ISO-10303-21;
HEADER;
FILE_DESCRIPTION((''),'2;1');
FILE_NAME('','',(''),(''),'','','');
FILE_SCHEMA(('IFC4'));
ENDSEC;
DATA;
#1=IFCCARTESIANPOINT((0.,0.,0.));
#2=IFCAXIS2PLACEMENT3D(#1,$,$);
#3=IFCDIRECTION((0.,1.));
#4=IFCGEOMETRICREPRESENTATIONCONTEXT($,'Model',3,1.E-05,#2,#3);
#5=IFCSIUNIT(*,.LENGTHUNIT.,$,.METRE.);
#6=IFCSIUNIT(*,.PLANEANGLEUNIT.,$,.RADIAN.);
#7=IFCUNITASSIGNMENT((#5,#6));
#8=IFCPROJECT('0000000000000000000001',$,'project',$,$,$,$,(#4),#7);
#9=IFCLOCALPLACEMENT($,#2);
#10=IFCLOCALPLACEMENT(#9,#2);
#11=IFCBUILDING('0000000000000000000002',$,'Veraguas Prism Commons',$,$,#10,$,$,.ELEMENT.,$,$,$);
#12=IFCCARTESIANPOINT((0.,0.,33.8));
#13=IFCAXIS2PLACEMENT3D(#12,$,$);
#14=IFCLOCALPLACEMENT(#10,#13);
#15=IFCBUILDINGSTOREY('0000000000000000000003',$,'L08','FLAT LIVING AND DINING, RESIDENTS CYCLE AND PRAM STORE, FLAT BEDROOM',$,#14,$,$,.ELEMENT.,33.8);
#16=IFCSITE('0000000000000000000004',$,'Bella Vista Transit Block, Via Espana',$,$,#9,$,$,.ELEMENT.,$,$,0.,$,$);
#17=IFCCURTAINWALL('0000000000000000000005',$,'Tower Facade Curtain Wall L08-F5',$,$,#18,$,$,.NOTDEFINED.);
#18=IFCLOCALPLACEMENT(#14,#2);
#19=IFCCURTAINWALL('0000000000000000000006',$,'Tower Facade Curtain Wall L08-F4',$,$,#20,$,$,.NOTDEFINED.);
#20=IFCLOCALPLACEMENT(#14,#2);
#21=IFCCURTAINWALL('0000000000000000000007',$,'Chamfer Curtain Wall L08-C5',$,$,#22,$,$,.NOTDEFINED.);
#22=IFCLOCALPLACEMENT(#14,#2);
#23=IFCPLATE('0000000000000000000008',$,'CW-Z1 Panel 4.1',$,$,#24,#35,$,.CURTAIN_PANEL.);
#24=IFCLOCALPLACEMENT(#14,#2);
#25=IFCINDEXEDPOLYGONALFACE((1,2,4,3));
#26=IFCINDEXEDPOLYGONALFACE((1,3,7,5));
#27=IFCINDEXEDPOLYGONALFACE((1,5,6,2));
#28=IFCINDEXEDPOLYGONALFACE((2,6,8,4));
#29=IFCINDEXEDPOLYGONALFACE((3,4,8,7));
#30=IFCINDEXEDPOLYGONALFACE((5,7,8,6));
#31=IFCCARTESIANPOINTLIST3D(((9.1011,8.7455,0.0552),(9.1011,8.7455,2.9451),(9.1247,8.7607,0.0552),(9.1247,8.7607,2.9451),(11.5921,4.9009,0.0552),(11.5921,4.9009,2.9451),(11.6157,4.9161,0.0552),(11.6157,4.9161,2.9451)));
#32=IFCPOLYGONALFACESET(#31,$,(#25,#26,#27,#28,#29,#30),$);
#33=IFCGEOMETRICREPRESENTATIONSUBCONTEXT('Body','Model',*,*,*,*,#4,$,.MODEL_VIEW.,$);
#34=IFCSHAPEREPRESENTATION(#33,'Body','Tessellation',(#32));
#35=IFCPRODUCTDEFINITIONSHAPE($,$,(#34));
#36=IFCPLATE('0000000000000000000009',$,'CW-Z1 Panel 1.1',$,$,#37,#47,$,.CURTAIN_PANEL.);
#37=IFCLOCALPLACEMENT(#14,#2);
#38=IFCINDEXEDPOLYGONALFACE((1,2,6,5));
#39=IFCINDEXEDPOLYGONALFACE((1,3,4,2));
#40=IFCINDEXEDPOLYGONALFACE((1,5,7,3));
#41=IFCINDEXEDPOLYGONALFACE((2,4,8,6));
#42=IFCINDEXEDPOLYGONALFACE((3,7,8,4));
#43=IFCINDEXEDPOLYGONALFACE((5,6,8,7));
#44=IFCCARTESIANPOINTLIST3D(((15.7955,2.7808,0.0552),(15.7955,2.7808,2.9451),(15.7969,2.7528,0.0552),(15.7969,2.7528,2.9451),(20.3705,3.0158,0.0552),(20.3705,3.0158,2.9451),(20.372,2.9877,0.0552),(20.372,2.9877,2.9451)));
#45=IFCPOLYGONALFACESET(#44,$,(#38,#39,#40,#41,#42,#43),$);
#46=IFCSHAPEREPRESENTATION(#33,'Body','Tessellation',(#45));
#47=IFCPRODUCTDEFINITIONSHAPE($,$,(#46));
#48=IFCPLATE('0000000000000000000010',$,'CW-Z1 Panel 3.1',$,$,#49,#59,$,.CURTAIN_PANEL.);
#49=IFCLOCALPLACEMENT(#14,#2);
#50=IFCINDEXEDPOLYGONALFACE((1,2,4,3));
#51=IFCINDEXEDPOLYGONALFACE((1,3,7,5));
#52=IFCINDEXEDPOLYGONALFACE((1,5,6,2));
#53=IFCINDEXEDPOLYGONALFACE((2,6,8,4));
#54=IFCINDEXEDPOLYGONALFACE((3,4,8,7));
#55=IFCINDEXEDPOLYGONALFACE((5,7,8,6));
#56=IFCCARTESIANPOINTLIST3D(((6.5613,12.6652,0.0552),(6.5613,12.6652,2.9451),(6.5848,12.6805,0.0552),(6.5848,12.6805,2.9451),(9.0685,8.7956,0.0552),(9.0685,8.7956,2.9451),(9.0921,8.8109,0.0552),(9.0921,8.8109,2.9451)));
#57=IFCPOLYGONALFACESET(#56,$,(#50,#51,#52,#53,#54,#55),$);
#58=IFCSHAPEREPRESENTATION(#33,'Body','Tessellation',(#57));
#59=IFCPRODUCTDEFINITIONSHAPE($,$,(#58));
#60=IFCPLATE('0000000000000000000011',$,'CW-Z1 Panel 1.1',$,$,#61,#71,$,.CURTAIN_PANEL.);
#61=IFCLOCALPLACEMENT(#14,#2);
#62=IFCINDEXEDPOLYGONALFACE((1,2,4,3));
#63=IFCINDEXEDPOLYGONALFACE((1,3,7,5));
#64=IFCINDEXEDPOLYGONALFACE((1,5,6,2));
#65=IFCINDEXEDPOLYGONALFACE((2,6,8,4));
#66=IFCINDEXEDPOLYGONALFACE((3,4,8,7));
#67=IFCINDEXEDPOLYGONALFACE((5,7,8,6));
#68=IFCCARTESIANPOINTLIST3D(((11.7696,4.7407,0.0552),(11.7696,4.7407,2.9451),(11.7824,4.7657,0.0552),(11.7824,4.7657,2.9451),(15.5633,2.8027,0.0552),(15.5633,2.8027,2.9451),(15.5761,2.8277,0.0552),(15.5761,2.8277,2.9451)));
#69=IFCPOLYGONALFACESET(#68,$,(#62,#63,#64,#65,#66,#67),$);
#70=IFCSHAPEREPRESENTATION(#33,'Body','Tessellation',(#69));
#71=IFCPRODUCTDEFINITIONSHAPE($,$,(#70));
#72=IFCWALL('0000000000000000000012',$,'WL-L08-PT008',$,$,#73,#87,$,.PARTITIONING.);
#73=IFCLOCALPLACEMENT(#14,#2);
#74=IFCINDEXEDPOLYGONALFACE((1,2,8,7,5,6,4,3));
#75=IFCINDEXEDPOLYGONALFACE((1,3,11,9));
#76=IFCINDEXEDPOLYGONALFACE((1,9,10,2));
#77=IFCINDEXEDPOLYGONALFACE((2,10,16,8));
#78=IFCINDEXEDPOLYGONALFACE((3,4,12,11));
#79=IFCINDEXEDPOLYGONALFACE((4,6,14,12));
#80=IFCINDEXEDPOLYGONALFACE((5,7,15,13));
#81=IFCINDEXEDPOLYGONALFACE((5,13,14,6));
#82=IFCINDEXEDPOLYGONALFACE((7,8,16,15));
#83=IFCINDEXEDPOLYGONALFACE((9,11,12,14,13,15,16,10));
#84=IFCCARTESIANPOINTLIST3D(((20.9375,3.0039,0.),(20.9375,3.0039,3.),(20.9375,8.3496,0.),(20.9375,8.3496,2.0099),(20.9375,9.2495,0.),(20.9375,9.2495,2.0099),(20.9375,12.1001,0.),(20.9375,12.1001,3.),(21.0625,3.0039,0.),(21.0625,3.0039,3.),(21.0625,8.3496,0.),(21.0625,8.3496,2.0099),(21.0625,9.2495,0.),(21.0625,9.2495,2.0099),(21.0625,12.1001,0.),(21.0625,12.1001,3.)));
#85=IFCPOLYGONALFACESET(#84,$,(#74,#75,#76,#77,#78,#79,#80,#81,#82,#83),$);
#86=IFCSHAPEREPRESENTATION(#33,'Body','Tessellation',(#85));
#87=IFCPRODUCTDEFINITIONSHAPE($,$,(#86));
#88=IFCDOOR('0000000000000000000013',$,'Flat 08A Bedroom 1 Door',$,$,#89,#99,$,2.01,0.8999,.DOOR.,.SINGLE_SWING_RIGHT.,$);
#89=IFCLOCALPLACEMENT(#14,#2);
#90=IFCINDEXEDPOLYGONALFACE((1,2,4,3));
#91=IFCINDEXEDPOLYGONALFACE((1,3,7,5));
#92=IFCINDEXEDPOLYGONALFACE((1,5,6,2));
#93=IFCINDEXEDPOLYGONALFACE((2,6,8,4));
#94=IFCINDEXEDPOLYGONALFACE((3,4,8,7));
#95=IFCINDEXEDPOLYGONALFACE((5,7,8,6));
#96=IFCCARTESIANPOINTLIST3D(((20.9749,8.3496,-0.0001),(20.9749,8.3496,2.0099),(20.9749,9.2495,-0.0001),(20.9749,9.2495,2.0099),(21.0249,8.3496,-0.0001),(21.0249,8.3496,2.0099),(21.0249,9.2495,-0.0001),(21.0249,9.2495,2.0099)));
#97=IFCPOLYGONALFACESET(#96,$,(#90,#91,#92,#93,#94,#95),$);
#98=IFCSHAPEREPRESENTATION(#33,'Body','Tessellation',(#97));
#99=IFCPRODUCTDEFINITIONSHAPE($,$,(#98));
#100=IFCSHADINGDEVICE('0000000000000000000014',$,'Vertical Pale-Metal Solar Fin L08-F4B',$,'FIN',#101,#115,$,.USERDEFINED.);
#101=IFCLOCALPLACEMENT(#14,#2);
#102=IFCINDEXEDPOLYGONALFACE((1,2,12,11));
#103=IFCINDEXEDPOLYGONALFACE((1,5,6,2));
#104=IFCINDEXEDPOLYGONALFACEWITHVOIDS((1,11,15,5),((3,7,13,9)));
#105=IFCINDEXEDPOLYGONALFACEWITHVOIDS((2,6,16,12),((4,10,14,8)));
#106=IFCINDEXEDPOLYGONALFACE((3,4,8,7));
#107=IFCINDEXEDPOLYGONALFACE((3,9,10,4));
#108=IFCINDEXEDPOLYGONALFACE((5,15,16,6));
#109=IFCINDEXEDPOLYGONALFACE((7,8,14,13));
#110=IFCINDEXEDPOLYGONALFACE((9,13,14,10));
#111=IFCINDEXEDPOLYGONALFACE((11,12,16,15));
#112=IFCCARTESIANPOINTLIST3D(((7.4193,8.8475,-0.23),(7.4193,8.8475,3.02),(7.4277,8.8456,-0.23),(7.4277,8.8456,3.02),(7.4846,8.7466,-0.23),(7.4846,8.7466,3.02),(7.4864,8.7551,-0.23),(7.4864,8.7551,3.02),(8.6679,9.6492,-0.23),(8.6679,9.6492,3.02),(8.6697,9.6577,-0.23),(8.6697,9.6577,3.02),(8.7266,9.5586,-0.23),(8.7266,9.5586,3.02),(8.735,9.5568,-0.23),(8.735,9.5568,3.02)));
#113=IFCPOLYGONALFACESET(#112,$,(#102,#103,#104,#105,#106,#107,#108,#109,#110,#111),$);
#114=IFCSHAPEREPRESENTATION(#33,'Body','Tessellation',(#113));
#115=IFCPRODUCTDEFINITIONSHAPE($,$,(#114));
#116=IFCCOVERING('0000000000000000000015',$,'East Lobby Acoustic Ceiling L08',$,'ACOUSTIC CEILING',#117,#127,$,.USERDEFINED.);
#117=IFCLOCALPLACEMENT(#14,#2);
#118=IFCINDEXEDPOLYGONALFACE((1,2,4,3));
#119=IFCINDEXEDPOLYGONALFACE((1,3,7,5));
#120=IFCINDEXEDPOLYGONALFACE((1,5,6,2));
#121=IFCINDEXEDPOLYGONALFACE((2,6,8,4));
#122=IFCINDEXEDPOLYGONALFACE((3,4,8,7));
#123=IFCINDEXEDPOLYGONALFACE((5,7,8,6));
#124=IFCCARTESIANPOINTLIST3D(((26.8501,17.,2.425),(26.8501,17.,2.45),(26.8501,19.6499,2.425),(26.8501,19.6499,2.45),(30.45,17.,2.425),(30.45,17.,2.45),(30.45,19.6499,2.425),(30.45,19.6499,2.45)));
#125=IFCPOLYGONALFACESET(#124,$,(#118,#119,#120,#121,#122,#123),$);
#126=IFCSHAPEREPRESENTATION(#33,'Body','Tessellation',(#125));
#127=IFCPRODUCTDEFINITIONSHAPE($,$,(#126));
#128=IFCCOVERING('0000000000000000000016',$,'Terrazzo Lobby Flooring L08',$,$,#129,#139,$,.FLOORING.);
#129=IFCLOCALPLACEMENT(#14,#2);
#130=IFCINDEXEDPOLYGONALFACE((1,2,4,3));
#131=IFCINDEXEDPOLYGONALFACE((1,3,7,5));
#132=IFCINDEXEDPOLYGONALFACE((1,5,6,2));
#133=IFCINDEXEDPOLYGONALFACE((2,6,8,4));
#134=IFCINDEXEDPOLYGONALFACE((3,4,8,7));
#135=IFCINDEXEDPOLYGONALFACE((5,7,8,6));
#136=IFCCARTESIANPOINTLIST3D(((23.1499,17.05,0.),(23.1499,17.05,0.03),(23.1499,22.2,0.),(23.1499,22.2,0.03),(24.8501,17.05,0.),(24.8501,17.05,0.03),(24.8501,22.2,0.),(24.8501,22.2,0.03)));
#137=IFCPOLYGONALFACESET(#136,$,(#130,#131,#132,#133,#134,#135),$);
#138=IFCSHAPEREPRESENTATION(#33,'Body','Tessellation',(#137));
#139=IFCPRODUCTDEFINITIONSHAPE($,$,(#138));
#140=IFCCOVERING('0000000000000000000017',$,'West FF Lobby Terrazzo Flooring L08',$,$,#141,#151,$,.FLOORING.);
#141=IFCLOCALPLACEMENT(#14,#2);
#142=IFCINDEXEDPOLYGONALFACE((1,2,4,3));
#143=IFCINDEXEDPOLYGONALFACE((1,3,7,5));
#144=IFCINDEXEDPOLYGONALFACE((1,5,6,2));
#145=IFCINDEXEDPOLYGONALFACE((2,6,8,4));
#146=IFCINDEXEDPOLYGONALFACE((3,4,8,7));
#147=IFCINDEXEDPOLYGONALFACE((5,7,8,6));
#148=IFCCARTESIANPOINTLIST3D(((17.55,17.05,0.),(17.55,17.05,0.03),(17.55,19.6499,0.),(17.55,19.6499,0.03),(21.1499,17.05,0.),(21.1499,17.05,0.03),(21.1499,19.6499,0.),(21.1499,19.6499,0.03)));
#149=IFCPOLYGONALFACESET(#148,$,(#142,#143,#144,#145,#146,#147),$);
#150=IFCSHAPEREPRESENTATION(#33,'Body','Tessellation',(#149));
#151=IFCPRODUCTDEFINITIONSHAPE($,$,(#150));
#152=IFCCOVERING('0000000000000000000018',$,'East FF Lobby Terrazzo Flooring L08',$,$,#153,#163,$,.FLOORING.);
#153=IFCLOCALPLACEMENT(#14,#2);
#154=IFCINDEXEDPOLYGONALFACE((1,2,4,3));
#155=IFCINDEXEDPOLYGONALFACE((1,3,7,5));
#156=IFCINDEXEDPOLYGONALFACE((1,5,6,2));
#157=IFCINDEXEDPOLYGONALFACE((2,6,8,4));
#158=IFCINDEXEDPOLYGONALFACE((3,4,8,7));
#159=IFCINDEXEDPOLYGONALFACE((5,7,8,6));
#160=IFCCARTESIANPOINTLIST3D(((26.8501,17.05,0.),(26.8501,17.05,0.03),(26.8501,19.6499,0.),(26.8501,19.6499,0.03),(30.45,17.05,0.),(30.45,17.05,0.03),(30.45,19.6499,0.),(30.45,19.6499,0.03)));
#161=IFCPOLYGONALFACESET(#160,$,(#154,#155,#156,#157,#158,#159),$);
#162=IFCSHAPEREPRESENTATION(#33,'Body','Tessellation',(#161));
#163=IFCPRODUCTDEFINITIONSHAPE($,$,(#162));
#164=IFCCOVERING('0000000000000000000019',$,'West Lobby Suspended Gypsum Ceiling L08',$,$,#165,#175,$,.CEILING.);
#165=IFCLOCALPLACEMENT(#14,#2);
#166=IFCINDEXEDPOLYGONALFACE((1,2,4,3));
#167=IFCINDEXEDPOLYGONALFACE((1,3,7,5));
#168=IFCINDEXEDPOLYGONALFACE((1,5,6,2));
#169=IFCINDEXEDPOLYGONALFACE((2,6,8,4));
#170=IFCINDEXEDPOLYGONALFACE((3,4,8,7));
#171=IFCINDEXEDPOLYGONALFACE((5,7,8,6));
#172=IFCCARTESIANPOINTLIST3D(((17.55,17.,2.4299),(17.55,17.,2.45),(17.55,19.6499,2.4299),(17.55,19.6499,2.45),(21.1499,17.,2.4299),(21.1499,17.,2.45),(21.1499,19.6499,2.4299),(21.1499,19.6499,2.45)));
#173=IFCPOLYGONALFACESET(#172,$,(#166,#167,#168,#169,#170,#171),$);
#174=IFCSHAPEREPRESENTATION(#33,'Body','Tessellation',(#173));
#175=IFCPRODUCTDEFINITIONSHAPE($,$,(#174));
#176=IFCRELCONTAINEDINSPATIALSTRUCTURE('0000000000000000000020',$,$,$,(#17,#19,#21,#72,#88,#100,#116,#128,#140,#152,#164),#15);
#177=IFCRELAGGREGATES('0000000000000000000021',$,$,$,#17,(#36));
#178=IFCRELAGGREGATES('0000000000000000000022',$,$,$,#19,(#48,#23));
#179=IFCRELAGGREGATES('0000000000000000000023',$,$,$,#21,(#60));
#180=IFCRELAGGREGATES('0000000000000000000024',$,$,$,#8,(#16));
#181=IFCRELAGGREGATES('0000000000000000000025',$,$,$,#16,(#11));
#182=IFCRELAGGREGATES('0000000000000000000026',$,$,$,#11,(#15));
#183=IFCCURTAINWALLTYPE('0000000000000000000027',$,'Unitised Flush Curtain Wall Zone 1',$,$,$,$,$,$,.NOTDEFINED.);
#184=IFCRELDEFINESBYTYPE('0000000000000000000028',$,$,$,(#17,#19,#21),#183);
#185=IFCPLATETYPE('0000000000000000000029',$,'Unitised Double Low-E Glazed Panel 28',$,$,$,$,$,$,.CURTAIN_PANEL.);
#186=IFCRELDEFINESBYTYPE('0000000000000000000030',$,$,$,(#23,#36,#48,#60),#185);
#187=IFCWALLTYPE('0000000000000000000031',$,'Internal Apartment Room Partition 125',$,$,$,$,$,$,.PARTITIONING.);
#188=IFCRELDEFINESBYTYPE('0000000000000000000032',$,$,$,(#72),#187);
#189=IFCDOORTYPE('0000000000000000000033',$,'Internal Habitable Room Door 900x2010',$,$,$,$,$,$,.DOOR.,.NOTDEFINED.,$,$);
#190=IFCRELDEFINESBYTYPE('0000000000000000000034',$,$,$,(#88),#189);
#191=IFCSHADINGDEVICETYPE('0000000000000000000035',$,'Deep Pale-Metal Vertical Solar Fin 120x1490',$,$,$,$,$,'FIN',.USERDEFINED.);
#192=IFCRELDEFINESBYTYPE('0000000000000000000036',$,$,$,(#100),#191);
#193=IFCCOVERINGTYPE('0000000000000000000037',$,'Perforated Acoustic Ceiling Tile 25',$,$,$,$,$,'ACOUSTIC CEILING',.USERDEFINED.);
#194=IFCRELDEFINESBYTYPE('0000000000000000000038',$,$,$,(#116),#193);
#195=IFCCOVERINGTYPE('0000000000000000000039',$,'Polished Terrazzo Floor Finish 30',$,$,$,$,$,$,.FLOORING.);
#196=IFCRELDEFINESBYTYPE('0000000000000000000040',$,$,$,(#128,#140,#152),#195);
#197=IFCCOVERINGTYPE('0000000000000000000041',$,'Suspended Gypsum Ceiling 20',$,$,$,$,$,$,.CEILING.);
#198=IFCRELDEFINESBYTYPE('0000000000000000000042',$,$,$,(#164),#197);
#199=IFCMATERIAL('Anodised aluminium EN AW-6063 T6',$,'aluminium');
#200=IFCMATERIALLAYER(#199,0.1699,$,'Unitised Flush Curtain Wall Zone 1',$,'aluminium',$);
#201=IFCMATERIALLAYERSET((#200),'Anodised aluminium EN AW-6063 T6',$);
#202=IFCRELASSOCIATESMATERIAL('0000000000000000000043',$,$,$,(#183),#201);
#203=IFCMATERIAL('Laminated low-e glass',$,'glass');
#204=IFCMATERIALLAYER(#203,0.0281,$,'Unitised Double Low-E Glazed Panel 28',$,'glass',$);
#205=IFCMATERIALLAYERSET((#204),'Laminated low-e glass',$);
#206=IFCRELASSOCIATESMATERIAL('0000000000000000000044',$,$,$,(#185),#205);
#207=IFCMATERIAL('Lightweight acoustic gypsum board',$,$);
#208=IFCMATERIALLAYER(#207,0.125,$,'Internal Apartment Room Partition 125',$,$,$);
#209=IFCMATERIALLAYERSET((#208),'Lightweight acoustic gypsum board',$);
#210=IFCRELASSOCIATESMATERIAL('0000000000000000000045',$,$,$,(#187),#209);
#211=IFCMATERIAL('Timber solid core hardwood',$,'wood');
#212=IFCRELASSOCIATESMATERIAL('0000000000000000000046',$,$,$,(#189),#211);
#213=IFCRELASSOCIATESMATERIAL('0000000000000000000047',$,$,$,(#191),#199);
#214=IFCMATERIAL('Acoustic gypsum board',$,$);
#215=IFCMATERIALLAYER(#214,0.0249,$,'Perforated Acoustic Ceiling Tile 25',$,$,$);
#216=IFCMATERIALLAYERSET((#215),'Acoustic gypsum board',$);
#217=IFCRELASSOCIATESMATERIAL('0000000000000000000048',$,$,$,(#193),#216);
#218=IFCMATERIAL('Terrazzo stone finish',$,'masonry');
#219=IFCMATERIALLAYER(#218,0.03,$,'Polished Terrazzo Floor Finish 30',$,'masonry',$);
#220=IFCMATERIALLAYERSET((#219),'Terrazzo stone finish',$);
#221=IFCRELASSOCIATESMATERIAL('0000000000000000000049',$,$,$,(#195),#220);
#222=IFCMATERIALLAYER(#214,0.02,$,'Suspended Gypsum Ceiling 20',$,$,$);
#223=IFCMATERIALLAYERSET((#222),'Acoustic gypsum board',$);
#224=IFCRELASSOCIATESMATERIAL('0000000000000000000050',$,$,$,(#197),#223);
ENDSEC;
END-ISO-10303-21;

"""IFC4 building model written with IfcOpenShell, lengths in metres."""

from ifc_helpers import new_model, si_unit, direction, frame, frame_2d, origin, origin_2d, place, context, subcontext, project, spatial, polyline, rectangle, hollow_rectangle, outline, extrude, source, transform, mapped, material, layer, layer_set, material_profile, profile_set, type_object, element, fill, aggregate, save


model = new_model("IFC4")

# Units and contexts
model_context = context("Model", 3, precision=1e-05, world=origin(), true_north=direction((0.0, 1.0)))
body_context = subcontext(model_context, "Body", "Model", "MODEL_VIEW")
ifc_project = project(units=[si_unit("LENGTHUNIT", "METRE"), si_unit("PLANEANGLEUNIT", "RADIAN")], contexts=[model_context])

# Site, building, storey
site_placement = place(None, origin())
site = spatial("IfcSite", under=ifc_project, at=site_placement, Name="Bella Vista Transit Block, Via Espana", CompositionType="ELEMENT", RefElevation=0.0)
building_placement = place(site_placement, origin())
building = spatial("IfcBuilding", under=site, at=building_placement, Name="Veraguas Prism Commons", CompositionType="ELEMENT")
storey_placement = place(building_placement, frame((0.0, 0.0, 33.8)))
storey = spatial("IfcBuildingStorey", under=building, at=storey_placement, Name="L08", Description="FLAT LIVING AND DINING, RESIDENTS CYCLE AND PRAM STORE, FLAT BEDROOM", CompositionType="ELEMENT", Elevation=33.8)

# Curtain walls
ifc_material_1 = material(Name="Anodised aluminium EN AW-6063 T6", Category="aluminium")
ifc_layer_1 = layer(ifc_material_1, 0.1699, Name="Unitised Flush Curtain Wall Zone 1", Category="aluminium")
ifc_layer_set_1 = layer_set([ifc_layer_1], Name="Anodised aluminium EN AW-6063 T6")
curtain_wall_type = type_object("IfcCurtainWallType", Name="Unitised Flush Curtain Wall Zone 1", PredefinedType="NOTDEFINED", material=ifc_layer_set_1)
curtain_wall_1_placement = place(storey_placement, origin())
curtain_wall_1 = element("IfcCurtainWall", 1, at=curtain_wall_1_placement, inside=storey, type_object=curtain_wall_type, Name="Tower Facade Curtain Wall L08-F5", PredefinedType="NOTDEFINED")
curtain_wall_2_placement = place(storey_placement, origin())
curtain_wall_2 = element("IfcCurtainWall", 2, at=curtain_wall_2_placement, inside=storey, type_object=curtain_wall_type, Name="Tower Facade Curtain Wall L08-F4", PredefinedType="NOTDEFINED")

# Curtain wall
curtain_wall_3_placement = place(storey_placement, origin())
curtain_wall_3 = element("IfcCurtainWall", 3, at=curtain_wall_3_placement, inside=storey, type_object=curtain_wall_type, Name="Chamfer Curtain Wall L08-C5", PredefinedType="NOTDEFINED")

# Plates
ifc_material_2 = material(Name="Laminated low-e glass", Category="glass")
ifc_layer_2 = layer(ifc_material_2, 0.0281, Name="Unitised Double Low-E Glazed Panel 28", Category="glass")
ifc_layer_set_2 = layer_set([ifc_layer_2], Name="Laminated low-e glass")
plate_type = type_object("IfcPlateType", Name="Unitised Double Low-E Glazed Panel 28", PredefinedType="CURTAIN_PANEL", material=ifc_layer_set_2)
shared_shape_1 = source(origin(), body_context, "Body", "SweptSolid", [
    extrude(rectangle(XDim=4.5811, YDim=0.0281, at=origin_2d()), origin(), (0.0, 0.0, 1.0), 2.8899),
])
plate_1_placement = place(storey_placement, frame((10.3584, 6.8308, 0.0552), z_axis=(0.0, 0.0, 1.0), x_axis=(0.543766, -0.839237, 0.0)))
plate_1 = element("IfcPlate", 4, at=plate_1_placement, type_object=plate_type, Name="CW-Z1 Panel 4.1", PredefinedType="CURTAIN_PANEL", context=body_context, shape_type="MappedRepresentation", body=[
    mapped(shared_shape_1, transform((0.0, 0.0, 0.0), scale=1.0)),
])
plate_2_placement = place(storey_placement, frame((18.0837, 2.8843, 0.0552), z_axis=(0.0, 0.0, 1.0), x_axis=(0.998684, 0.05129, 0.0)))
plate_2 = element("IfcPlate", 5, at=plate_2_placement, type_object=plate_type, Name="CW-Z1 Panel 1.1", PredefinedType="CURTAIN_PANEL", context=body_context, shape_type="MappedRepresentation", body=[
    mapped(shared_shape_1, transform((0.0, 0.0, 0.0), scale=1.0)),
])
aggregate(curtain_wall_1, [plate_2])
shared_shape_2 = source(origin(), body_context, "Body", "SweptSolid", [
    extrude(rectangle(XDim=4.6108, YDim=0.0281, at=origin_2d()), origin(), (0.0, 0.0, 1.0), 2.8899),
])
plate_3_placement = place(storey_placement, frame((7.8267, 10.738, 0.0552), z_axis=(0.0, 0.0, 1.0), x_axis=(0.543766, -0.839237, 0.0)))
plate_3 = element("IfcPlate", 6, at=plate_3_placement, type_object=plate_type, Name="CW-Z1 Panel 3.1", PredefinedType="CURTAIN_PANEL", context=body_context, shape_type="MappedRepresentation", body=[
    mapped(shared_shape_2, transform((0.0, 0.0, 0.0), scale=1.0)),
])
aggregate(curtain_wall_2, [plate_3, plate_1])
shared_shape_3 = source(origin(), body_context, "Body", "SweptSolid", [
    extrude(rectangle(XDim=4.26, YDim=0.0281, at=origin_2d()), origin(), (0.0, 0.0, 1.0), 2.8899),
])
plate_4_placement = place(storey_placement, frame((13.6729, 3.7842, 0.0552), z_axis=(0.0, 0.0, 1.0), x_axis=(0.890531, -0.454923, 0.0)))
plate_4 = element("IfcPlate", 7, at=plate_4_placement, type_object=plate_type, Name="CW-Z1 Panel 1.1", PredefinedType="CURTAIN_PANEL", context=body_context, shape_type="MappedRepresentation", body=[
    mapped(shared_shape_3, transform((0.0, 0.0, 0.0), scale=1.0)),
])
aggregate(curtain_wall_3, [plate_4])

# Wall, opening, door
ifc_material_3 = material(Name="Lightweight acoustic gypsum board")
ifc_layer_3 = layer(ifc_material_3, 0.125, Name="Internal Apartment Room Partition 125")
ifc_layer_set_3 = layer_set([ifc_layer_3], Name="Lightweight acoustic gypsum board")
wall_type = type_object("IfcWallType", Name="Internal Apartment Room Partition 125", PredefinedType="PARTITIONING", material=ifc_layer_set_3)
wall_placement = place(storey_placement, frame((21.0, 12.1001, 0.0), z_axis=(0.0, 0.0, 1.0), x_axis=(0.0, -1.0, 0.0)))
wall = element("IfcWall", 8, at=wall_placement, inside=storey, type_object=wall_type, Name="WL-L08-PT008", PredefinedType="PARTITIONING", context=body_context, shape_type="SweptSolid", body=[
    extrude(rectangle(XDim=9.0962, YDim=0.125, at=frame_2d((4.5481, 0.0))), origin(), (0.0, 0.0, 1.0), 3.0),
])
opening_placement = place(wall_placement, frame((2.8506, 0.0, 0.0)))
opening = element("IfcOpeningElement", 9, at=opening_placement, cuts=wall, PredefinedType="OPENING", context=body_context, shape_type="SweptSolid", body=[
    extrude(rectangle(XDim=0.8999, YDim=2.01, at=frame_2d((0.45, 1.0049))), frame((0.0, 0.0725, 0.0), z_axis=(0.0, -1.0, 0.0), x_axis=(1.0, 0.0, 0.0)), (0.0, 0.0, 1.0), 0.145),
])
ifc_material_4 = material(Name="Timber solid core hardwood", Category="wood")
door_type = type_object("IfcDoorType", Name="Internal Habitable Room Door 900x2010", OperationType="NOTDEFINED", PredefinedType="DOOR", material=ifc_material_4)
shared_shape_4 = source(origin(), body_context, "Body", "SweptSolid", [
    extrude(rectangle(XDim=0.8999, YDim=2.01, at=frame_2d((0.45, 1.0049))), frame((0.0, 0.0249, 0.0), z_axis=(0.0, -1.0, 0.0), x_axis=(1.0, 0.0, 0.0)), (0.0, 0.0, 1.0), 0.05),
])
door_placement = place(opening_placement, origin())
door = element("IfcDoor", 10, at=door_placement, inside=storey, type_object=door_type, Name="Flat 08A Bedroom 1 Door", OperationType="SINGLE_SWING_RIGHT", OverallHeight=2.01, OverallWidth=0.8999, PredefinedType="DOOR", context=body_context, shape_type="MappedRepresentation", body=[
    mapped(shared_shape_4, transform((0.0, 0.0, 0.0), scale=1.0)),
])
fill(opening, door)

# Shading device
ifc_material_profile_1 = material_profile(ifc_material_1, hollow_rectangle(XDim=0.1201, YDim=1.49, WallThickness=0.0061, at=origin_2d()), Name="FIN120X1490X6")
ifc_profile_set_1 = profile_set([ifc_material_profile_1], Name="Anodised aluminium EN AW-6063 T6")
shading_device_type = type_object("IfcShadingDeviceType", Name="Deep Pale-Metal Vertical Solar Fin 120x1490", ElementType="FIN", PredefinedType="USERDEFINED", material=ifc_profile_set_1)
shading_device_placement = place(storey_placement, frame((8.0771, 9.2021, -0.23), z_axis=(0.0, 0.0, 1.0), x_axis=(0.543762, -0.83924, 0.0)))
element("IfcShadingDevice", 11, at=shading_device_placement, inside=storey, type_object=shading_device_type, Name="Vertical Pale-Metal Solar Fin L08-F4B", ObjectType="FIN", PredefinedType="USERDEFINED", context=body_context, shape_type="SweptSolid", body=[
    extrude(hollow_rectangle(XDim=0.1201, YDim=1.49, WallThickness=0.0061, at=origin_2d()), origin(), (0.0, 0.0, 1.0), 3.25),
])

# Coverings
ifc_material_5 = material(Name="Acoustic gypsum board")
ifc_layer_4 = layer(ifc_material_5, 0.0249, Name="Perforated Acoustic Ceiling Tile 25")
ifc_layer_set_4 = layer_set([ifc_layer_4], Name="Acoustic gypsum board")
covering_type_1 = type_object("IfcCoveringType", Name="Perforated Acoustic Ceiling Tile 25", ElementType="ACOUSTIC CEILING", PredefinedType="USERDEFINED", material=ifc_layer_set_4)
covering_1_placement = place(storey_placement, frame((0.0, 0.0, 2.425)))
element("IfcCovering", 12, at=covering_1_placement, inside=storey, type_object=covering_type_1, Name="East Lobby Acoustic Ceiling L08", ObjectType="ACOUSTIC CEILING", PredefinedType="USERDEFINED", context=body_context, shape_type="SweptSolid", body=[
    extrude(outline(polyline([(26.8501, 17.0), (30.45, 17.0), (30.45, 19.6499), (26.8501, 19.6499), (26.8501, 17.0)])), origin(), (0.0, 0.0, 1.0), 0.0249),
])
ifc_material_6 = material(Name="Terrazzo stone finish", Category="masonry")
ifc_layer_5 = layer(ifc_material_6, 0.03, Name="Polished Terrazzo Floor Finish 30", Category="masonry")
ifc_layer_set_5 = layer_set([ifc_layer_5], Name="Terrazzo stone finish")
covering_type_2 = type_object("IfcCoveringType", Name="Polished Terrazzo Floor Finish 30", PredefinedType="FLOORING", material=ifc_layer_set_5)
covering_2_placement = place(storey_placement, origin())
element("IfcCovering", 13, at=covering_2_placement, inside=storey, type_object=covering_type_2, Name="Terrazzo Lobby Flooring L08", PredefinedType="FLOORING", context=body_context, shape_type="SweptSolid", body=[
    extrude(outline(polyline([(23.1499, 17.05), (24.8501, 17.05), (24.8501, 22.2), (23.1499, 22.2), (23.1499, 17.05)])), origin(), (0.0, 0.0, 1.0), 0.03),
])
covering_3_placement = place(storey_placement, origin())
element("IfcCovering", 14, at=covering_3_placement, inside=storey, type_object=covering_type_2, Name="West FF Lobby Terrazzo Flooring L08", PredefinedType="FLOORING", context=body_context, shape_type="SweptSolid", body=[
    extrude(outline(polyline([(17.55, 17.05), (21.1499, 17.05), (21.1499, 19.6499), (17.55, 19.6499), (17.55, 17.05)])), origin(), (0.0, 0.0, 1.0), 0.03),
])
covering_4_placement = place(storey_placement, origin())
element("IfcCovering", 15, at=covering_4_placement, inside=storey, type_object=covering_type_2, Name="East FF Lobby Terrazzo Flooring L08", PredefinedType="FLOORING", context=body_context, shape_type="SweptSolid", body=[
    extrude(outline(polyline([(26.8501, 17.05), (30.45, 17.05), (30.45, 19.6499), (26.8501, 19.6499), (26.8501, 17.05)])), origin(), (0.0, 0.0, 1.0), 0.03),
])
ifc_layer_6 = layer(ifc_material_5, 0.02, Name="Suspended Gypsum Ceiling 20")
ifc_layer_set_6 = layer_set([ifc_layer_6], Name="Acoustic gypsum board")
covering_type_3 = type_object("IfcCoveringType", Name="Suspended Gypsum Ceiling 20", PredefinedType="CEILING", material=ifc_layer_set_6)
covering_5_placement = place(storey_placement, frame((0.0, 0.0, 2.4299)))
element("IfcCovering", 16, at=covering_5_placement, inside=storey, type_object=covering_type_3, Name="West Lobby Suspended Gypsum Ceiling L08", PredefinedType="CEILING", context=body_context, shape_type="SweptSolid", body=[
    extrude(outline(polyline([(17.55, 17.0), (21.1499, 17.0), (21.1499, 19.6499), (17.55, 19.6499), (17.55, 17.0)])), origin(), (0.0, 0.0, 1.0), 0.02),
])

save(model, "model.ifc")
